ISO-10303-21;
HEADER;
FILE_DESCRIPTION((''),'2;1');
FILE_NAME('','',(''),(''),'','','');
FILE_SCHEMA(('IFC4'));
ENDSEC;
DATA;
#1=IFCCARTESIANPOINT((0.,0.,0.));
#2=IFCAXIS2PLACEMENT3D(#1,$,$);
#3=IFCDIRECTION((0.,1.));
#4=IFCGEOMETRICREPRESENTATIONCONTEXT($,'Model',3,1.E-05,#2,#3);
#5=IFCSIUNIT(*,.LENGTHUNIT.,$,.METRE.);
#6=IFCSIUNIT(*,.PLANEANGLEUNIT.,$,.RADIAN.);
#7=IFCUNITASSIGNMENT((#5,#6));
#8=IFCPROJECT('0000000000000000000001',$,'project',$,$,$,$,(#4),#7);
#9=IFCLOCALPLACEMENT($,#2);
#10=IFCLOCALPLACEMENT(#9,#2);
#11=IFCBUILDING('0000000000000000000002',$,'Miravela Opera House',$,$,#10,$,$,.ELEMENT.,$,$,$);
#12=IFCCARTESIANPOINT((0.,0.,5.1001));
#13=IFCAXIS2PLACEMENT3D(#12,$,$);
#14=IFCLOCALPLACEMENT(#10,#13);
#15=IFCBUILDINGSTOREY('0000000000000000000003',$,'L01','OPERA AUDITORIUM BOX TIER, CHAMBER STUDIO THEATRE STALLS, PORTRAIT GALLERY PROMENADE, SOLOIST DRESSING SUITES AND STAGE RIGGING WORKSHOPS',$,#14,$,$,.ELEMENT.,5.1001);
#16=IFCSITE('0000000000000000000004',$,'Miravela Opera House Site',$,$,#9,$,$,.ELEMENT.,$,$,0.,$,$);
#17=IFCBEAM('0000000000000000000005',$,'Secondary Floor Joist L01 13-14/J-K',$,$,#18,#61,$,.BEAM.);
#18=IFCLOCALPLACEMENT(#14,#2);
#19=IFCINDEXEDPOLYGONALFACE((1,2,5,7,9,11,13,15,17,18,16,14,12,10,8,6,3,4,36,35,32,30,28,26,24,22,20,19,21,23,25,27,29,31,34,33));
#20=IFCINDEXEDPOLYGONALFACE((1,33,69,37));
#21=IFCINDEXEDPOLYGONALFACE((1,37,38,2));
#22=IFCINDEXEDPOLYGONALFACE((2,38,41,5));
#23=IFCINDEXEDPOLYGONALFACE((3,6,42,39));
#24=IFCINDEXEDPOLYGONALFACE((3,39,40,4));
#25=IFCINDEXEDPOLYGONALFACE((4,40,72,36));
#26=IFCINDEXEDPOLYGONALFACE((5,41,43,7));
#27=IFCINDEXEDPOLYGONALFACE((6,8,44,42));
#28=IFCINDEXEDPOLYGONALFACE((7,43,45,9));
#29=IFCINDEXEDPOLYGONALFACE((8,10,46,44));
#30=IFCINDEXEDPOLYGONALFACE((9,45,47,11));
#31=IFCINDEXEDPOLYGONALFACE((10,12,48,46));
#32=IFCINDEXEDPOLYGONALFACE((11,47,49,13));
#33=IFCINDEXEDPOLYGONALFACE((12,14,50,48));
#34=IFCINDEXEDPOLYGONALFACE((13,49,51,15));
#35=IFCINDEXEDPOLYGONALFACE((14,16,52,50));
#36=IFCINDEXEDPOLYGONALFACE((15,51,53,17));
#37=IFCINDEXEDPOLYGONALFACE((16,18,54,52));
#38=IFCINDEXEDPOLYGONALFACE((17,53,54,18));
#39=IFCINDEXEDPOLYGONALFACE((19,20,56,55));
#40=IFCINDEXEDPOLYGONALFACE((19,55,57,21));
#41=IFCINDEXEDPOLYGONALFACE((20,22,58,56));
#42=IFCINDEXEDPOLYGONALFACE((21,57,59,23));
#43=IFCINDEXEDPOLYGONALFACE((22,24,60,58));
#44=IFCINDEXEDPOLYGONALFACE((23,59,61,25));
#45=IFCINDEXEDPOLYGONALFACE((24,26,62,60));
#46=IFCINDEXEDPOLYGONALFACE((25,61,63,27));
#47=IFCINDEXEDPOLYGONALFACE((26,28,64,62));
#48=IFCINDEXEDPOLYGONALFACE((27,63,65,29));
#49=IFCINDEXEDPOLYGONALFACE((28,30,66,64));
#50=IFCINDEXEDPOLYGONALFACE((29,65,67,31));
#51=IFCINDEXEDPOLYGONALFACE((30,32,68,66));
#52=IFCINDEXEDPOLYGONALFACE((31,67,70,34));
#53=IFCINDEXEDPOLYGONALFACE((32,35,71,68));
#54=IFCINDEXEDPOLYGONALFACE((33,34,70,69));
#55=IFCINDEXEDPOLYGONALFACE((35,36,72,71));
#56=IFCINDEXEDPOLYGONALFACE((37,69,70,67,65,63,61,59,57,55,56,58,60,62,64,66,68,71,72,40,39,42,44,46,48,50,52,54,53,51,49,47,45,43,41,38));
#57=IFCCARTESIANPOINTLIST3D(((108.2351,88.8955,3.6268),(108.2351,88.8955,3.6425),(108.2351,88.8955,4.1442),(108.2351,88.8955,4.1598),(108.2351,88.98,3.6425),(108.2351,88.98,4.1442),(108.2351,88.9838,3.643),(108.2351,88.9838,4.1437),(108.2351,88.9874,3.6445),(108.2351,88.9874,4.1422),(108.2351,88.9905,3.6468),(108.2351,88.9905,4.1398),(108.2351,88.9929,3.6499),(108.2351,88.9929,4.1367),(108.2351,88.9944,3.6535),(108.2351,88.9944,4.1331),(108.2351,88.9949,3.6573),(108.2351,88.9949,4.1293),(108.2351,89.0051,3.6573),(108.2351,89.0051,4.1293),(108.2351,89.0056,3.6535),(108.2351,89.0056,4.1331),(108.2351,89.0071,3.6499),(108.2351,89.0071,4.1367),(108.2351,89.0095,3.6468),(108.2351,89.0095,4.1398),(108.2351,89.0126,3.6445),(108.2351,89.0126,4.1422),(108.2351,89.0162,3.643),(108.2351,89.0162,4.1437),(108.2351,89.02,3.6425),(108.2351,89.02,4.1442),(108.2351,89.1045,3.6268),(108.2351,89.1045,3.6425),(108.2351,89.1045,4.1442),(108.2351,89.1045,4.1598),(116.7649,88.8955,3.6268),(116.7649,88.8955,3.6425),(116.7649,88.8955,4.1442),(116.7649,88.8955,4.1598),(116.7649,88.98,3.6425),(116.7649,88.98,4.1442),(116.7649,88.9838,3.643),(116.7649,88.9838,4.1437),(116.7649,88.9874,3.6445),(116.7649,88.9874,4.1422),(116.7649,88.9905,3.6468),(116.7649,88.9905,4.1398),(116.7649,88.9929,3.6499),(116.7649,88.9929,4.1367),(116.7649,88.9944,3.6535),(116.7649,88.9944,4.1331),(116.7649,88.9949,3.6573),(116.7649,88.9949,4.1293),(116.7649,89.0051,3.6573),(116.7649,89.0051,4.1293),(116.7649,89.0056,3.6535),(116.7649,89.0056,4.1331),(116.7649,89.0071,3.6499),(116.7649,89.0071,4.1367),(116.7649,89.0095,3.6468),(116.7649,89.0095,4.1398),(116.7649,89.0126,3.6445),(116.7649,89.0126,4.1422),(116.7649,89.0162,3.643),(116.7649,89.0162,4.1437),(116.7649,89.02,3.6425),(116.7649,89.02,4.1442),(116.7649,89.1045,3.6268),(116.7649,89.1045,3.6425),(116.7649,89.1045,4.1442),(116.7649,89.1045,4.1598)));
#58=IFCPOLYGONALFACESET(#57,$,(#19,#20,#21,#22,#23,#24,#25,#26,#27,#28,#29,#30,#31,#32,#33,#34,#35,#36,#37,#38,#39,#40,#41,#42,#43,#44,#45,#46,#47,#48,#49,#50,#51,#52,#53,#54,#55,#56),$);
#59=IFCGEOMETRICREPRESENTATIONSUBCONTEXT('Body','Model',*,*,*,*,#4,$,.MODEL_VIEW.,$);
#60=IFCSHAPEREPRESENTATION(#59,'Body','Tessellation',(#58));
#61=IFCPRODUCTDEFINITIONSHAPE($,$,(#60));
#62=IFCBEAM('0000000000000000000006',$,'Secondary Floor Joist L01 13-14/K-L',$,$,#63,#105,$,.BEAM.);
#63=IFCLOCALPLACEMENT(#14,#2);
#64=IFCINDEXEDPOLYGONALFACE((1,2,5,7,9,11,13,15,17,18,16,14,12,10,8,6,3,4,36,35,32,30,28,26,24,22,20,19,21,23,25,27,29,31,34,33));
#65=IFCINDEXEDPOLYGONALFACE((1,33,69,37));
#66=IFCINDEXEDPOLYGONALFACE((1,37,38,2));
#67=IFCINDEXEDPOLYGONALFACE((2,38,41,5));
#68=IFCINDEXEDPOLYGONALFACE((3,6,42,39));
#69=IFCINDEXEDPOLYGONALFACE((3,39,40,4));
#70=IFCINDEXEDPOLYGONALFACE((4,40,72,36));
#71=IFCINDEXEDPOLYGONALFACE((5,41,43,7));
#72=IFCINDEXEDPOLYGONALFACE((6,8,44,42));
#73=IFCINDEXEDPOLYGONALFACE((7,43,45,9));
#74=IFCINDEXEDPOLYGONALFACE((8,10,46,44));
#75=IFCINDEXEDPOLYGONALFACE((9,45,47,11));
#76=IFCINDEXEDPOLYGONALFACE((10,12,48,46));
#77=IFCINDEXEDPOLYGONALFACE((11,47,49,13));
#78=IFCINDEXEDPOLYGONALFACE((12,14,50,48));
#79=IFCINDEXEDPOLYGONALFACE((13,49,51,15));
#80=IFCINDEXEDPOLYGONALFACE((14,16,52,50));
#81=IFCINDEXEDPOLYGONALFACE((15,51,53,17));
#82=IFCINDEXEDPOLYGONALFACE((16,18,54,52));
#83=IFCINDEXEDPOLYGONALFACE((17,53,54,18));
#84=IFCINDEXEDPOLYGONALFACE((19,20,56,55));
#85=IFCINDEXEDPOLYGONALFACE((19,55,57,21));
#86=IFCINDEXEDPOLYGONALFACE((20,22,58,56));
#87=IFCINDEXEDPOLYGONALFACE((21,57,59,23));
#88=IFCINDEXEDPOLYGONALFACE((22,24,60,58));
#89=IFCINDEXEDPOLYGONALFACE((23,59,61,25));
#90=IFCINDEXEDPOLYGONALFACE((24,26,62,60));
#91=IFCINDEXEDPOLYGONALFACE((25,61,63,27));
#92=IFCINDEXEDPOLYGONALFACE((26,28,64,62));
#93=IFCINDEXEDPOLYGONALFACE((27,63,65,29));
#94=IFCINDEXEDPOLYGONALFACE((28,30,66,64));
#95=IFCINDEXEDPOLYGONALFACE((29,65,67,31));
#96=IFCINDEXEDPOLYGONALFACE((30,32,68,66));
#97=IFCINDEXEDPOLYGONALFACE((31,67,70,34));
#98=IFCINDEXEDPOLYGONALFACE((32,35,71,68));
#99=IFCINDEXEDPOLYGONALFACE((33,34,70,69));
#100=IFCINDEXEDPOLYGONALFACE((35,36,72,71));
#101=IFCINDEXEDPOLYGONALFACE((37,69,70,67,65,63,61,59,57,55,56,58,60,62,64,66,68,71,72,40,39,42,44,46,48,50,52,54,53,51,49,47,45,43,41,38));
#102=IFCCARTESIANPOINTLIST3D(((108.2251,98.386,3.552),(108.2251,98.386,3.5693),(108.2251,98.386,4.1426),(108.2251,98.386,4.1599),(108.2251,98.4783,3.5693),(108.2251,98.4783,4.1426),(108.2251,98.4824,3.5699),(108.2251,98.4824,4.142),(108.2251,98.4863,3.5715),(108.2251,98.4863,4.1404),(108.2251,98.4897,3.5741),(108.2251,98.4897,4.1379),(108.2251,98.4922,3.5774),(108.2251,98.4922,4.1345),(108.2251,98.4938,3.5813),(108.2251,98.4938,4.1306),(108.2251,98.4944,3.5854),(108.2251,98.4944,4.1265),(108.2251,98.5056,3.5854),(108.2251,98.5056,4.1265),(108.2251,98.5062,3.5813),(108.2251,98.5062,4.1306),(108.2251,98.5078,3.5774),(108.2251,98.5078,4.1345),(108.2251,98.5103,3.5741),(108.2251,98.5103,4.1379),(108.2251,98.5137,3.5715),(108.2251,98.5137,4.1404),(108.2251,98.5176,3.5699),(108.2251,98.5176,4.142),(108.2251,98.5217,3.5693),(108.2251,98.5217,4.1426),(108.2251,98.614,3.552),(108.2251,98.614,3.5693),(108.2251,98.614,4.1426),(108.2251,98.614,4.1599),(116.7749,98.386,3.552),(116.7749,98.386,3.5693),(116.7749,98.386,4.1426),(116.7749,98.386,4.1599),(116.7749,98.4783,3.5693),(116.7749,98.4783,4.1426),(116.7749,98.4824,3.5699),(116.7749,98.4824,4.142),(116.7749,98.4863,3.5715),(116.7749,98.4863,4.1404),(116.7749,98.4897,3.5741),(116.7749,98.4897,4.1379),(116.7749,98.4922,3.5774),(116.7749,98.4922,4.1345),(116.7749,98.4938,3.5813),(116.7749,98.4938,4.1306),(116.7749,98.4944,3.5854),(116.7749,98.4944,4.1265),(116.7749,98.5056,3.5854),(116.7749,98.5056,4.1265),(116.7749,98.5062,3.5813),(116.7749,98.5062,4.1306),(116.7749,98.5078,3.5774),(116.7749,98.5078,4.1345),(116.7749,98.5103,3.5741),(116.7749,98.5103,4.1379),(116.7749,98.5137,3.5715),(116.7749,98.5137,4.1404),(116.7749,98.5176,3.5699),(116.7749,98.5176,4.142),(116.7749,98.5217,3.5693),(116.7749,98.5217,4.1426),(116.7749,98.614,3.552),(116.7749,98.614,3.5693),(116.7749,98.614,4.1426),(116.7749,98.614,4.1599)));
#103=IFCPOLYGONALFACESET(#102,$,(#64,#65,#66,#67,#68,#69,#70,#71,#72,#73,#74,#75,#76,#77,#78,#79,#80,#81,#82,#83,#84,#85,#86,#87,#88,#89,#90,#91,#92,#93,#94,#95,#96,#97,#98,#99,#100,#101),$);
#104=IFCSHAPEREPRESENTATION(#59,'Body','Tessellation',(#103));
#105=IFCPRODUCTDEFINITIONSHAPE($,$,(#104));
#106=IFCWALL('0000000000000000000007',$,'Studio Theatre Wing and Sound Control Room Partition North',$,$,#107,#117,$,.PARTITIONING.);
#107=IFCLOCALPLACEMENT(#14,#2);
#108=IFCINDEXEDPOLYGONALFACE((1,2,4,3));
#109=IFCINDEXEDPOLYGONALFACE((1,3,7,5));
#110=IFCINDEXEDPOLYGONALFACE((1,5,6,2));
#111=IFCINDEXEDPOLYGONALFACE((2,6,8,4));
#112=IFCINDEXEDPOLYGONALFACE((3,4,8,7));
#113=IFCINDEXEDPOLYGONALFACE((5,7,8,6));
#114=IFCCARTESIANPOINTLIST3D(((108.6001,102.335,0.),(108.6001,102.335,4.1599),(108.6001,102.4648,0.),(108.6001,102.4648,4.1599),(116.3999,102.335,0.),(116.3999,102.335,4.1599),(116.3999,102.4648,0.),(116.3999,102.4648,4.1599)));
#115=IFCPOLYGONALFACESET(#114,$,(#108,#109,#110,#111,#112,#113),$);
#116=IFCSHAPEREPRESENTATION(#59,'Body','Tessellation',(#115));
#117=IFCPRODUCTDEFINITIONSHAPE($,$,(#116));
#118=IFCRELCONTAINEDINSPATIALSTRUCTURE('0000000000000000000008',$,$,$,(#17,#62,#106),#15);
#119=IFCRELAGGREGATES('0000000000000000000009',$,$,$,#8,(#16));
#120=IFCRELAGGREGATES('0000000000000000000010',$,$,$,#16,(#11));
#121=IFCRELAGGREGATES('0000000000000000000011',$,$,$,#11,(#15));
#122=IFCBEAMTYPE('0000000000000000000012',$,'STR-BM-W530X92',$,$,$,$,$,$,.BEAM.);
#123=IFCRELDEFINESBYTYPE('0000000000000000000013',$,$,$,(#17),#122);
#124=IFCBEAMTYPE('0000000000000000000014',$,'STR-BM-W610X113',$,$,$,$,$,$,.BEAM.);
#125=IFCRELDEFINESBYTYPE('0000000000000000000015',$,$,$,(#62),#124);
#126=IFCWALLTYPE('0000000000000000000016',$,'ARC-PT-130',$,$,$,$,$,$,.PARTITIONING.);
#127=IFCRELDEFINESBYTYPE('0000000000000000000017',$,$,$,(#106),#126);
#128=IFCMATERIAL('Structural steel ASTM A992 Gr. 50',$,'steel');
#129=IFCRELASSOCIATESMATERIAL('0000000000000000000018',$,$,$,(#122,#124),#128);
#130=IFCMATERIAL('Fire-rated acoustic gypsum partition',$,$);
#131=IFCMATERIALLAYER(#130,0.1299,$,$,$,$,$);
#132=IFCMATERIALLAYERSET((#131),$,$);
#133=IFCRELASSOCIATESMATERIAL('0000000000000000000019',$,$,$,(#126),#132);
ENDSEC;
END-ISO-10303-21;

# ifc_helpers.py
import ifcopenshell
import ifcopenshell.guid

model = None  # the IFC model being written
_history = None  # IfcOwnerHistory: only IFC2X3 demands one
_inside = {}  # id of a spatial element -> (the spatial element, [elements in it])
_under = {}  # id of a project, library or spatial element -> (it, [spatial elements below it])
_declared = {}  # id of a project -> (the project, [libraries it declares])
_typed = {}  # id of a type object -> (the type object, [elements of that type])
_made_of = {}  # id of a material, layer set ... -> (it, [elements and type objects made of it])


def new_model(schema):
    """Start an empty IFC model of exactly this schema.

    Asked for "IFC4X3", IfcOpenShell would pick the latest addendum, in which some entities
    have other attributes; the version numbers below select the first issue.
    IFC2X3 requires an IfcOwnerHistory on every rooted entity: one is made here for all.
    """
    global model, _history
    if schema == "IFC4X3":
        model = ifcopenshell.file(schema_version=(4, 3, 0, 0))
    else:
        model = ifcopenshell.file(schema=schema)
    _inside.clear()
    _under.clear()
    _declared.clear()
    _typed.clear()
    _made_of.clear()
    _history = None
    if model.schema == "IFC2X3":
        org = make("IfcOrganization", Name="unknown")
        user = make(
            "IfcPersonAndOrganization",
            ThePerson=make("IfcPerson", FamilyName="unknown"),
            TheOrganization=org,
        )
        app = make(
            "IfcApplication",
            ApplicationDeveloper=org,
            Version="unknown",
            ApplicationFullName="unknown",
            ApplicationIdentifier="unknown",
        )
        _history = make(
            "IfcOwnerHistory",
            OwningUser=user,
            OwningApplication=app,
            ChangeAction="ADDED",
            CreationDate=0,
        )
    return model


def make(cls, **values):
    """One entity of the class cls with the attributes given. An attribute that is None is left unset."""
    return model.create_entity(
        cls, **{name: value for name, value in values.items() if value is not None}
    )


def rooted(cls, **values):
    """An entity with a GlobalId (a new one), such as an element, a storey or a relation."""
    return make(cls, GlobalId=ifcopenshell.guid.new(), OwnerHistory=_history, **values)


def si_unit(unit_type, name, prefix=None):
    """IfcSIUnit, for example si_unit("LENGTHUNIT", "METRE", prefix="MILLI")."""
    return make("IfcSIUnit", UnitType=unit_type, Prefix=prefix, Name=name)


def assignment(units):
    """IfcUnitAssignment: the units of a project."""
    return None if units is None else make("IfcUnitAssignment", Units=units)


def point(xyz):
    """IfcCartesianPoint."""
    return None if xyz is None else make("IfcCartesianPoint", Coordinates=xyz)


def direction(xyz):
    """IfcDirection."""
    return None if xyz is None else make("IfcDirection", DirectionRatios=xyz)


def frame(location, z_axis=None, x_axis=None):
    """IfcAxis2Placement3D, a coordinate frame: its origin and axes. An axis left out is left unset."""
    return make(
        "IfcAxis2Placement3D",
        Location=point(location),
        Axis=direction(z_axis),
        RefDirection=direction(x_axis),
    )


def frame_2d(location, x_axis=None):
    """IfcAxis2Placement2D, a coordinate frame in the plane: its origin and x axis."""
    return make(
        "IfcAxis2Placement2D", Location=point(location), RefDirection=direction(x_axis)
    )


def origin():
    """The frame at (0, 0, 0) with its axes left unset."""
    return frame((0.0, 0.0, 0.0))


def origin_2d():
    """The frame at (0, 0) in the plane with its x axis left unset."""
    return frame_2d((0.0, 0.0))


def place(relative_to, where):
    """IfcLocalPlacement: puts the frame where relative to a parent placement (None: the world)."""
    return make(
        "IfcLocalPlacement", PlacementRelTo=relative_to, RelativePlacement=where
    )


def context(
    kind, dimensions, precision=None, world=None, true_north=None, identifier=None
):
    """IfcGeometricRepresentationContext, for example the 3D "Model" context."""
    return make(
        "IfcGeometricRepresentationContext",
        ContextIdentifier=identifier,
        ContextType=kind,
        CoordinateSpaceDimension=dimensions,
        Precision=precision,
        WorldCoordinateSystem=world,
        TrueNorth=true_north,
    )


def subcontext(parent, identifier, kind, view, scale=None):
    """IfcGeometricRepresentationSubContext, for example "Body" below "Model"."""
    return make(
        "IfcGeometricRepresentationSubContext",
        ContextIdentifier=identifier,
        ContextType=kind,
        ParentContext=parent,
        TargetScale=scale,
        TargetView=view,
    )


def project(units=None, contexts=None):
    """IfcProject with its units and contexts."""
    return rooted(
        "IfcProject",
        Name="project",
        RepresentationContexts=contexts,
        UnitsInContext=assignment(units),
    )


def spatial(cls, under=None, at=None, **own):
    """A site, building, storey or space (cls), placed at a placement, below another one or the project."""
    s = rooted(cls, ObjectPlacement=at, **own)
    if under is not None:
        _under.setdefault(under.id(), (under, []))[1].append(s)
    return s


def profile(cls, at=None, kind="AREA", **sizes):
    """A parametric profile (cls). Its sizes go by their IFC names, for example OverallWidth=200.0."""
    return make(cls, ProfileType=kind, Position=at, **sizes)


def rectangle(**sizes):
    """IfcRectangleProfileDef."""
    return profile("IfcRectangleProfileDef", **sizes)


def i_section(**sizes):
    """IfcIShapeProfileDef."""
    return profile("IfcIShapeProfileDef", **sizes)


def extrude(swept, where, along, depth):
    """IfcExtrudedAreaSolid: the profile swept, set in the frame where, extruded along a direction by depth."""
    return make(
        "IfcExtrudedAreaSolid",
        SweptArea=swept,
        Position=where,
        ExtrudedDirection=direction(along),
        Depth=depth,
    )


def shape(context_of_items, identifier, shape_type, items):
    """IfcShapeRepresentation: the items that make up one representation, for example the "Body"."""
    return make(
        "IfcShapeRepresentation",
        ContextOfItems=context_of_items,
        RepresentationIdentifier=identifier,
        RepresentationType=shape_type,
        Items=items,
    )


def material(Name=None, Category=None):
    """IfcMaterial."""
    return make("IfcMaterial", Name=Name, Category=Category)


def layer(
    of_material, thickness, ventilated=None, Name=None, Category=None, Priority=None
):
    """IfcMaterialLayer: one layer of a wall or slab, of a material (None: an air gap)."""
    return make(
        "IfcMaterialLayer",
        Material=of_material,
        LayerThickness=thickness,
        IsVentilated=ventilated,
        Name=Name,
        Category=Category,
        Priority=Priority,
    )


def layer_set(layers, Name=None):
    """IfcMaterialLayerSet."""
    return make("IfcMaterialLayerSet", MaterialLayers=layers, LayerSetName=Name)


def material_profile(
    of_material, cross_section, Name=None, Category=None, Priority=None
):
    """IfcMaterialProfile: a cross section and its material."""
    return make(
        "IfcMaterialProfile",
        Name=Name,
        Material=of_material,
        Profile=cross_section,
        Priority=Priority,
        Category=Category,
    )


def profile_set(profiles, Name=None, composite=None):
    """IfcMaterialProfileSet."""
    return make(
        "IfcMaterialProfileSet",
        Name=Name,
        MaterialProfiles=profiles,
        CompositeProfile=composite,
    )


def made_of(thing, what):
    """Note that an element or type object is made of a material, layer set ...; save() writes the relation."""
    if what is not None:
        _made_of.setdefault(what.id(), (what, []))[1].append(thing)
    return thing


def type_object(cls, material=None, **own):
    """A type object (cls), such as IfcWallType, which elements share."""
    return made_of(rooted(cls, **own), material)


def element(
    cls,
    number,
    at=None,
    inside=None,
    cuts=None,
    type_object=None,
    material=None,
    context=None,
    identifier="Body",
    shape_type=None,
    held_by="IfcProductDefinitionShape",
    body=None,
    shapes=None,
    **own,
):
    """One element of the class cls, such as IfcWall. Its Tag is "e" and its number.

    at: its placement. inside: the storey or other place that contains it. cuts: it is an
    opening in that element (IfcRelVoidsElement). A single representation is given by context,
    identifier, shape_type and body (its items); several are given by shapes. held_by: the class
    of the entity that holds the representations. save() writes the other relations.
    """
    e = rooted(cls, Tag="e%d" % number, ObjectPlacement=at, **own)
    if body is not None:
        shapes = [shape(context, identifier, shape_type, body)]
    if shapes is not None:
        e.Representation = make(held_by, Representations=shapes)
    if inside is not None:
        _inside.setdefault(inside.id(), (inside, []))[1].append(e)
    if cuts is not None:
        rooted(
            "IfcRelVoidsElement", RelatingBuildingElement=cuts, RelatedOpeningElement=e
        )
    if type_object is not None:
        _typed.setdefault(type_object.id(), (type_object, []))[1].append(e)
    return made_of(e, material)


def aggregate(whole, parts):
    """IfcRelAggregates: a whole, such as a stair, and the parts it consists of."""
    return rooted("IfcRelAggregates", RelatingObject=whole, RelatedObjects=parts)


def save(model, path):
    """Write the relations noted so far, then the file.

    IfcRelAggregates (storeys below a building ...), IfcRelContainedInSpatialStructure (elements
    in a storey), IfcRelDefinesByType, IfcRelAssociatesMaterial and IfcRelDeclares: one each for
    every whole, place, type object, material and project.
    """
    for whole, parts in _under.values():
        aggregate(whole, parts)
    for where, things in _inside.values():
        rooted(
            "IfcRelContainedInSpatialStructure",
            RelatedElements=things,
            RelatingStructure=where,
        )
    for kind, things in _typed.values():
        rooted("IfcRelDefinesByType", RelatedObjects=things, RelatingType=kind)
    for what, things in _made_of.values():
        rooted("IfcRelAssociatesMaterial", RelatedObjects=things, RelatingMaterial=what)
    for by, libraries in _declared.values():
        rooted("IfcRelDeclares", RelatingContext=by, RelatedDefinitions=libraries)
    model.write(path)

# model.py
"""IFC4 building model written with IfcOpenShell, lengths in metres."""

from ifc_helpers import new_model, si_unit, direction, frame, frame_2d, origin, origin_2d, place, context, subcontext, project, spatial, rectangle, i_section, extrude, material, layer, layer_set, material_profile, profile_set, type_object, element, save


model = new_model("IFC4")

# Units and contexts
model_context = context("Model", 3, precision=1e-05, world=origin(), true_north=direction((0.0, 1.0)))
body_context = subcontext(model_context, "Body", "Model", "MODEL_VIEW")
ifc_project = project(units=[si_unit("LENGTHUNIT", "METRE"), si_unit("PLANEANGLEUNIT", "RADIAN")], contexts=[model_context])

# Site, building, storey
site_placement = place(None, origin())
site = spatial("IfcSite", under=ifc_project, at=site_placement, Name="Miravela Opera House Site", CompositionType="ELEMENT", RefElevation=0.0)
building_placement = place(site_placement, origin())
building = spatial("IfcBuilding", under=site, at=building_placement, Name="Miravela Opera House", CompositionType="ELEMENT")
storey_placement = place(building_placement, frame((0.0, 0.0, 5.1001)))
storey = spatial("IfcBuildingStorey", under=building, at=storey_placement, Name="L01", Description="OPERA AUDITORIUM BOX TIER, CHAMBER STUDIO THEATRE STALLS, PORTRAIT GALLERY PROMENADE, SOLOIST DRESSING SUITES AND STAGE RIGGING WORKSHOPS", CompositionType="ELEMENT", Elevation=5.1001)

# Beams
ifc_material_1 = material(Name="Structural steel ASTM A992 Gr. 50", Category="steel")
ifc_material_profile_1 = material_profile(ifc_material_1, i_section(OverallWidth=0.209, OverallDepth=0.533, WebThickness=0.0103, FlangeThickness=0.0156, FilletRadius=0.0149, at=origin_2d()), Name="W530X92")
ifc_profile_set_1 = profile_set([ifc_material_profile_1])
beam_type_1 = type_object("IfcBeamType", Name="STR-BM-W530X92", PredefinedType="BEAM", material=ifc_profile_set_1)
beam_1_placement = place(storey_placement, frame((108.2351, 89.0, 3.8933), z_axis=(1.0, 0.0, 0.0), x_axis=(0.0, 1.0, 0.0)))
element("IfcBeam", 1, at=beam_1_placement, inside=storey, type_object=beam_type_1, Name="Secondary Floor Joist L01 13-14/J-K", PredefinedType="BEAM", context=body_context, shape_type="SweptSolid", body=[
    extrude(i_section(OverallWidth=0.209, OverallDepth=0.533, WebThickness=0.0103, FlangeThickness=0.0156, FilletRadius=0.0149, at=origin_2d()), origin(), (0.0, 0.0, 1.0), 8.5298),
])
ifc_material_profile_2 = material_profile(ifc_material_1, i_section(OverallWidth=0.228, OverallDepth=0.6079, WebThickness=0.0112, FlangeThickness=0.0173, FilletRadius=0.0161, at=origin_2d()), Name="W610X113")
ifc_profile_set_2 = profile_set([ifc_material_profile_2])
beam_type_2 = type_object("IfcBeamType", Name="STR-BM-W610X113", PredefinedType="BEAM", material=ifc_profile_set_2)
beam_2_placement = place(storey_placement, frame((108.2251, 98.5, 3.856), z_axis=(1.0, 0.0, 0.0), x_axis=(0.0, 1.0, 0.0)))
element("IfcBeam", 2, at=beam_2_placement, inside=storey, type_object=beam_type_2, Name="Secondary Floor Joist L01 13-14/K-L", PredefinedType="BEAM", context=body_context, shape_type="SweptSolid", body=[
    extrude(i_section(OverallWidth=0.228, OverallDepth=0.6079, WebThickness=0.0112, FlangeThickness=0.0173, FilletRadius=0.0161, at=origin_2d()), origin(), (0.0, 0.0, 1.0), 8.5498),
])

# Wall
ifc_material_2 = material(Name="Fire-rated acoustic gypsum partition")
ifc_layer = layer(ifc_material_2, 0.1299)
ifc_layer_set = layer_set([ifc_layer])
wall_type = type_object("IfcWallType", Name="ARC-PT-130", PredefinedType="PARTITIONING", material=ifc_layer_set)
wall_placement = place(storey_placement, frame((108.6001, 102.3999, 0.0), z_axis=(0.0, 0.0, 1.0), x_axis=(1.0, 0.0, 0.0)))
element("IfcWall", 3, at=wall_placement, inside=storey, type_object=wall_type, Name="Studio Theatre Wing and Sound Control Room Partition North", PredefinedType="PARTITIONING", context=body_context, shape_type="SweptSolid", body=[
    extrude(rectangle(XDim=7.7998, YDim=0.1299, at=frame_2d((3.8999, 0.0))), origin(), (0.0, 0.0, 1.0), 4.1599),
])

save(model, "model.ifc")
